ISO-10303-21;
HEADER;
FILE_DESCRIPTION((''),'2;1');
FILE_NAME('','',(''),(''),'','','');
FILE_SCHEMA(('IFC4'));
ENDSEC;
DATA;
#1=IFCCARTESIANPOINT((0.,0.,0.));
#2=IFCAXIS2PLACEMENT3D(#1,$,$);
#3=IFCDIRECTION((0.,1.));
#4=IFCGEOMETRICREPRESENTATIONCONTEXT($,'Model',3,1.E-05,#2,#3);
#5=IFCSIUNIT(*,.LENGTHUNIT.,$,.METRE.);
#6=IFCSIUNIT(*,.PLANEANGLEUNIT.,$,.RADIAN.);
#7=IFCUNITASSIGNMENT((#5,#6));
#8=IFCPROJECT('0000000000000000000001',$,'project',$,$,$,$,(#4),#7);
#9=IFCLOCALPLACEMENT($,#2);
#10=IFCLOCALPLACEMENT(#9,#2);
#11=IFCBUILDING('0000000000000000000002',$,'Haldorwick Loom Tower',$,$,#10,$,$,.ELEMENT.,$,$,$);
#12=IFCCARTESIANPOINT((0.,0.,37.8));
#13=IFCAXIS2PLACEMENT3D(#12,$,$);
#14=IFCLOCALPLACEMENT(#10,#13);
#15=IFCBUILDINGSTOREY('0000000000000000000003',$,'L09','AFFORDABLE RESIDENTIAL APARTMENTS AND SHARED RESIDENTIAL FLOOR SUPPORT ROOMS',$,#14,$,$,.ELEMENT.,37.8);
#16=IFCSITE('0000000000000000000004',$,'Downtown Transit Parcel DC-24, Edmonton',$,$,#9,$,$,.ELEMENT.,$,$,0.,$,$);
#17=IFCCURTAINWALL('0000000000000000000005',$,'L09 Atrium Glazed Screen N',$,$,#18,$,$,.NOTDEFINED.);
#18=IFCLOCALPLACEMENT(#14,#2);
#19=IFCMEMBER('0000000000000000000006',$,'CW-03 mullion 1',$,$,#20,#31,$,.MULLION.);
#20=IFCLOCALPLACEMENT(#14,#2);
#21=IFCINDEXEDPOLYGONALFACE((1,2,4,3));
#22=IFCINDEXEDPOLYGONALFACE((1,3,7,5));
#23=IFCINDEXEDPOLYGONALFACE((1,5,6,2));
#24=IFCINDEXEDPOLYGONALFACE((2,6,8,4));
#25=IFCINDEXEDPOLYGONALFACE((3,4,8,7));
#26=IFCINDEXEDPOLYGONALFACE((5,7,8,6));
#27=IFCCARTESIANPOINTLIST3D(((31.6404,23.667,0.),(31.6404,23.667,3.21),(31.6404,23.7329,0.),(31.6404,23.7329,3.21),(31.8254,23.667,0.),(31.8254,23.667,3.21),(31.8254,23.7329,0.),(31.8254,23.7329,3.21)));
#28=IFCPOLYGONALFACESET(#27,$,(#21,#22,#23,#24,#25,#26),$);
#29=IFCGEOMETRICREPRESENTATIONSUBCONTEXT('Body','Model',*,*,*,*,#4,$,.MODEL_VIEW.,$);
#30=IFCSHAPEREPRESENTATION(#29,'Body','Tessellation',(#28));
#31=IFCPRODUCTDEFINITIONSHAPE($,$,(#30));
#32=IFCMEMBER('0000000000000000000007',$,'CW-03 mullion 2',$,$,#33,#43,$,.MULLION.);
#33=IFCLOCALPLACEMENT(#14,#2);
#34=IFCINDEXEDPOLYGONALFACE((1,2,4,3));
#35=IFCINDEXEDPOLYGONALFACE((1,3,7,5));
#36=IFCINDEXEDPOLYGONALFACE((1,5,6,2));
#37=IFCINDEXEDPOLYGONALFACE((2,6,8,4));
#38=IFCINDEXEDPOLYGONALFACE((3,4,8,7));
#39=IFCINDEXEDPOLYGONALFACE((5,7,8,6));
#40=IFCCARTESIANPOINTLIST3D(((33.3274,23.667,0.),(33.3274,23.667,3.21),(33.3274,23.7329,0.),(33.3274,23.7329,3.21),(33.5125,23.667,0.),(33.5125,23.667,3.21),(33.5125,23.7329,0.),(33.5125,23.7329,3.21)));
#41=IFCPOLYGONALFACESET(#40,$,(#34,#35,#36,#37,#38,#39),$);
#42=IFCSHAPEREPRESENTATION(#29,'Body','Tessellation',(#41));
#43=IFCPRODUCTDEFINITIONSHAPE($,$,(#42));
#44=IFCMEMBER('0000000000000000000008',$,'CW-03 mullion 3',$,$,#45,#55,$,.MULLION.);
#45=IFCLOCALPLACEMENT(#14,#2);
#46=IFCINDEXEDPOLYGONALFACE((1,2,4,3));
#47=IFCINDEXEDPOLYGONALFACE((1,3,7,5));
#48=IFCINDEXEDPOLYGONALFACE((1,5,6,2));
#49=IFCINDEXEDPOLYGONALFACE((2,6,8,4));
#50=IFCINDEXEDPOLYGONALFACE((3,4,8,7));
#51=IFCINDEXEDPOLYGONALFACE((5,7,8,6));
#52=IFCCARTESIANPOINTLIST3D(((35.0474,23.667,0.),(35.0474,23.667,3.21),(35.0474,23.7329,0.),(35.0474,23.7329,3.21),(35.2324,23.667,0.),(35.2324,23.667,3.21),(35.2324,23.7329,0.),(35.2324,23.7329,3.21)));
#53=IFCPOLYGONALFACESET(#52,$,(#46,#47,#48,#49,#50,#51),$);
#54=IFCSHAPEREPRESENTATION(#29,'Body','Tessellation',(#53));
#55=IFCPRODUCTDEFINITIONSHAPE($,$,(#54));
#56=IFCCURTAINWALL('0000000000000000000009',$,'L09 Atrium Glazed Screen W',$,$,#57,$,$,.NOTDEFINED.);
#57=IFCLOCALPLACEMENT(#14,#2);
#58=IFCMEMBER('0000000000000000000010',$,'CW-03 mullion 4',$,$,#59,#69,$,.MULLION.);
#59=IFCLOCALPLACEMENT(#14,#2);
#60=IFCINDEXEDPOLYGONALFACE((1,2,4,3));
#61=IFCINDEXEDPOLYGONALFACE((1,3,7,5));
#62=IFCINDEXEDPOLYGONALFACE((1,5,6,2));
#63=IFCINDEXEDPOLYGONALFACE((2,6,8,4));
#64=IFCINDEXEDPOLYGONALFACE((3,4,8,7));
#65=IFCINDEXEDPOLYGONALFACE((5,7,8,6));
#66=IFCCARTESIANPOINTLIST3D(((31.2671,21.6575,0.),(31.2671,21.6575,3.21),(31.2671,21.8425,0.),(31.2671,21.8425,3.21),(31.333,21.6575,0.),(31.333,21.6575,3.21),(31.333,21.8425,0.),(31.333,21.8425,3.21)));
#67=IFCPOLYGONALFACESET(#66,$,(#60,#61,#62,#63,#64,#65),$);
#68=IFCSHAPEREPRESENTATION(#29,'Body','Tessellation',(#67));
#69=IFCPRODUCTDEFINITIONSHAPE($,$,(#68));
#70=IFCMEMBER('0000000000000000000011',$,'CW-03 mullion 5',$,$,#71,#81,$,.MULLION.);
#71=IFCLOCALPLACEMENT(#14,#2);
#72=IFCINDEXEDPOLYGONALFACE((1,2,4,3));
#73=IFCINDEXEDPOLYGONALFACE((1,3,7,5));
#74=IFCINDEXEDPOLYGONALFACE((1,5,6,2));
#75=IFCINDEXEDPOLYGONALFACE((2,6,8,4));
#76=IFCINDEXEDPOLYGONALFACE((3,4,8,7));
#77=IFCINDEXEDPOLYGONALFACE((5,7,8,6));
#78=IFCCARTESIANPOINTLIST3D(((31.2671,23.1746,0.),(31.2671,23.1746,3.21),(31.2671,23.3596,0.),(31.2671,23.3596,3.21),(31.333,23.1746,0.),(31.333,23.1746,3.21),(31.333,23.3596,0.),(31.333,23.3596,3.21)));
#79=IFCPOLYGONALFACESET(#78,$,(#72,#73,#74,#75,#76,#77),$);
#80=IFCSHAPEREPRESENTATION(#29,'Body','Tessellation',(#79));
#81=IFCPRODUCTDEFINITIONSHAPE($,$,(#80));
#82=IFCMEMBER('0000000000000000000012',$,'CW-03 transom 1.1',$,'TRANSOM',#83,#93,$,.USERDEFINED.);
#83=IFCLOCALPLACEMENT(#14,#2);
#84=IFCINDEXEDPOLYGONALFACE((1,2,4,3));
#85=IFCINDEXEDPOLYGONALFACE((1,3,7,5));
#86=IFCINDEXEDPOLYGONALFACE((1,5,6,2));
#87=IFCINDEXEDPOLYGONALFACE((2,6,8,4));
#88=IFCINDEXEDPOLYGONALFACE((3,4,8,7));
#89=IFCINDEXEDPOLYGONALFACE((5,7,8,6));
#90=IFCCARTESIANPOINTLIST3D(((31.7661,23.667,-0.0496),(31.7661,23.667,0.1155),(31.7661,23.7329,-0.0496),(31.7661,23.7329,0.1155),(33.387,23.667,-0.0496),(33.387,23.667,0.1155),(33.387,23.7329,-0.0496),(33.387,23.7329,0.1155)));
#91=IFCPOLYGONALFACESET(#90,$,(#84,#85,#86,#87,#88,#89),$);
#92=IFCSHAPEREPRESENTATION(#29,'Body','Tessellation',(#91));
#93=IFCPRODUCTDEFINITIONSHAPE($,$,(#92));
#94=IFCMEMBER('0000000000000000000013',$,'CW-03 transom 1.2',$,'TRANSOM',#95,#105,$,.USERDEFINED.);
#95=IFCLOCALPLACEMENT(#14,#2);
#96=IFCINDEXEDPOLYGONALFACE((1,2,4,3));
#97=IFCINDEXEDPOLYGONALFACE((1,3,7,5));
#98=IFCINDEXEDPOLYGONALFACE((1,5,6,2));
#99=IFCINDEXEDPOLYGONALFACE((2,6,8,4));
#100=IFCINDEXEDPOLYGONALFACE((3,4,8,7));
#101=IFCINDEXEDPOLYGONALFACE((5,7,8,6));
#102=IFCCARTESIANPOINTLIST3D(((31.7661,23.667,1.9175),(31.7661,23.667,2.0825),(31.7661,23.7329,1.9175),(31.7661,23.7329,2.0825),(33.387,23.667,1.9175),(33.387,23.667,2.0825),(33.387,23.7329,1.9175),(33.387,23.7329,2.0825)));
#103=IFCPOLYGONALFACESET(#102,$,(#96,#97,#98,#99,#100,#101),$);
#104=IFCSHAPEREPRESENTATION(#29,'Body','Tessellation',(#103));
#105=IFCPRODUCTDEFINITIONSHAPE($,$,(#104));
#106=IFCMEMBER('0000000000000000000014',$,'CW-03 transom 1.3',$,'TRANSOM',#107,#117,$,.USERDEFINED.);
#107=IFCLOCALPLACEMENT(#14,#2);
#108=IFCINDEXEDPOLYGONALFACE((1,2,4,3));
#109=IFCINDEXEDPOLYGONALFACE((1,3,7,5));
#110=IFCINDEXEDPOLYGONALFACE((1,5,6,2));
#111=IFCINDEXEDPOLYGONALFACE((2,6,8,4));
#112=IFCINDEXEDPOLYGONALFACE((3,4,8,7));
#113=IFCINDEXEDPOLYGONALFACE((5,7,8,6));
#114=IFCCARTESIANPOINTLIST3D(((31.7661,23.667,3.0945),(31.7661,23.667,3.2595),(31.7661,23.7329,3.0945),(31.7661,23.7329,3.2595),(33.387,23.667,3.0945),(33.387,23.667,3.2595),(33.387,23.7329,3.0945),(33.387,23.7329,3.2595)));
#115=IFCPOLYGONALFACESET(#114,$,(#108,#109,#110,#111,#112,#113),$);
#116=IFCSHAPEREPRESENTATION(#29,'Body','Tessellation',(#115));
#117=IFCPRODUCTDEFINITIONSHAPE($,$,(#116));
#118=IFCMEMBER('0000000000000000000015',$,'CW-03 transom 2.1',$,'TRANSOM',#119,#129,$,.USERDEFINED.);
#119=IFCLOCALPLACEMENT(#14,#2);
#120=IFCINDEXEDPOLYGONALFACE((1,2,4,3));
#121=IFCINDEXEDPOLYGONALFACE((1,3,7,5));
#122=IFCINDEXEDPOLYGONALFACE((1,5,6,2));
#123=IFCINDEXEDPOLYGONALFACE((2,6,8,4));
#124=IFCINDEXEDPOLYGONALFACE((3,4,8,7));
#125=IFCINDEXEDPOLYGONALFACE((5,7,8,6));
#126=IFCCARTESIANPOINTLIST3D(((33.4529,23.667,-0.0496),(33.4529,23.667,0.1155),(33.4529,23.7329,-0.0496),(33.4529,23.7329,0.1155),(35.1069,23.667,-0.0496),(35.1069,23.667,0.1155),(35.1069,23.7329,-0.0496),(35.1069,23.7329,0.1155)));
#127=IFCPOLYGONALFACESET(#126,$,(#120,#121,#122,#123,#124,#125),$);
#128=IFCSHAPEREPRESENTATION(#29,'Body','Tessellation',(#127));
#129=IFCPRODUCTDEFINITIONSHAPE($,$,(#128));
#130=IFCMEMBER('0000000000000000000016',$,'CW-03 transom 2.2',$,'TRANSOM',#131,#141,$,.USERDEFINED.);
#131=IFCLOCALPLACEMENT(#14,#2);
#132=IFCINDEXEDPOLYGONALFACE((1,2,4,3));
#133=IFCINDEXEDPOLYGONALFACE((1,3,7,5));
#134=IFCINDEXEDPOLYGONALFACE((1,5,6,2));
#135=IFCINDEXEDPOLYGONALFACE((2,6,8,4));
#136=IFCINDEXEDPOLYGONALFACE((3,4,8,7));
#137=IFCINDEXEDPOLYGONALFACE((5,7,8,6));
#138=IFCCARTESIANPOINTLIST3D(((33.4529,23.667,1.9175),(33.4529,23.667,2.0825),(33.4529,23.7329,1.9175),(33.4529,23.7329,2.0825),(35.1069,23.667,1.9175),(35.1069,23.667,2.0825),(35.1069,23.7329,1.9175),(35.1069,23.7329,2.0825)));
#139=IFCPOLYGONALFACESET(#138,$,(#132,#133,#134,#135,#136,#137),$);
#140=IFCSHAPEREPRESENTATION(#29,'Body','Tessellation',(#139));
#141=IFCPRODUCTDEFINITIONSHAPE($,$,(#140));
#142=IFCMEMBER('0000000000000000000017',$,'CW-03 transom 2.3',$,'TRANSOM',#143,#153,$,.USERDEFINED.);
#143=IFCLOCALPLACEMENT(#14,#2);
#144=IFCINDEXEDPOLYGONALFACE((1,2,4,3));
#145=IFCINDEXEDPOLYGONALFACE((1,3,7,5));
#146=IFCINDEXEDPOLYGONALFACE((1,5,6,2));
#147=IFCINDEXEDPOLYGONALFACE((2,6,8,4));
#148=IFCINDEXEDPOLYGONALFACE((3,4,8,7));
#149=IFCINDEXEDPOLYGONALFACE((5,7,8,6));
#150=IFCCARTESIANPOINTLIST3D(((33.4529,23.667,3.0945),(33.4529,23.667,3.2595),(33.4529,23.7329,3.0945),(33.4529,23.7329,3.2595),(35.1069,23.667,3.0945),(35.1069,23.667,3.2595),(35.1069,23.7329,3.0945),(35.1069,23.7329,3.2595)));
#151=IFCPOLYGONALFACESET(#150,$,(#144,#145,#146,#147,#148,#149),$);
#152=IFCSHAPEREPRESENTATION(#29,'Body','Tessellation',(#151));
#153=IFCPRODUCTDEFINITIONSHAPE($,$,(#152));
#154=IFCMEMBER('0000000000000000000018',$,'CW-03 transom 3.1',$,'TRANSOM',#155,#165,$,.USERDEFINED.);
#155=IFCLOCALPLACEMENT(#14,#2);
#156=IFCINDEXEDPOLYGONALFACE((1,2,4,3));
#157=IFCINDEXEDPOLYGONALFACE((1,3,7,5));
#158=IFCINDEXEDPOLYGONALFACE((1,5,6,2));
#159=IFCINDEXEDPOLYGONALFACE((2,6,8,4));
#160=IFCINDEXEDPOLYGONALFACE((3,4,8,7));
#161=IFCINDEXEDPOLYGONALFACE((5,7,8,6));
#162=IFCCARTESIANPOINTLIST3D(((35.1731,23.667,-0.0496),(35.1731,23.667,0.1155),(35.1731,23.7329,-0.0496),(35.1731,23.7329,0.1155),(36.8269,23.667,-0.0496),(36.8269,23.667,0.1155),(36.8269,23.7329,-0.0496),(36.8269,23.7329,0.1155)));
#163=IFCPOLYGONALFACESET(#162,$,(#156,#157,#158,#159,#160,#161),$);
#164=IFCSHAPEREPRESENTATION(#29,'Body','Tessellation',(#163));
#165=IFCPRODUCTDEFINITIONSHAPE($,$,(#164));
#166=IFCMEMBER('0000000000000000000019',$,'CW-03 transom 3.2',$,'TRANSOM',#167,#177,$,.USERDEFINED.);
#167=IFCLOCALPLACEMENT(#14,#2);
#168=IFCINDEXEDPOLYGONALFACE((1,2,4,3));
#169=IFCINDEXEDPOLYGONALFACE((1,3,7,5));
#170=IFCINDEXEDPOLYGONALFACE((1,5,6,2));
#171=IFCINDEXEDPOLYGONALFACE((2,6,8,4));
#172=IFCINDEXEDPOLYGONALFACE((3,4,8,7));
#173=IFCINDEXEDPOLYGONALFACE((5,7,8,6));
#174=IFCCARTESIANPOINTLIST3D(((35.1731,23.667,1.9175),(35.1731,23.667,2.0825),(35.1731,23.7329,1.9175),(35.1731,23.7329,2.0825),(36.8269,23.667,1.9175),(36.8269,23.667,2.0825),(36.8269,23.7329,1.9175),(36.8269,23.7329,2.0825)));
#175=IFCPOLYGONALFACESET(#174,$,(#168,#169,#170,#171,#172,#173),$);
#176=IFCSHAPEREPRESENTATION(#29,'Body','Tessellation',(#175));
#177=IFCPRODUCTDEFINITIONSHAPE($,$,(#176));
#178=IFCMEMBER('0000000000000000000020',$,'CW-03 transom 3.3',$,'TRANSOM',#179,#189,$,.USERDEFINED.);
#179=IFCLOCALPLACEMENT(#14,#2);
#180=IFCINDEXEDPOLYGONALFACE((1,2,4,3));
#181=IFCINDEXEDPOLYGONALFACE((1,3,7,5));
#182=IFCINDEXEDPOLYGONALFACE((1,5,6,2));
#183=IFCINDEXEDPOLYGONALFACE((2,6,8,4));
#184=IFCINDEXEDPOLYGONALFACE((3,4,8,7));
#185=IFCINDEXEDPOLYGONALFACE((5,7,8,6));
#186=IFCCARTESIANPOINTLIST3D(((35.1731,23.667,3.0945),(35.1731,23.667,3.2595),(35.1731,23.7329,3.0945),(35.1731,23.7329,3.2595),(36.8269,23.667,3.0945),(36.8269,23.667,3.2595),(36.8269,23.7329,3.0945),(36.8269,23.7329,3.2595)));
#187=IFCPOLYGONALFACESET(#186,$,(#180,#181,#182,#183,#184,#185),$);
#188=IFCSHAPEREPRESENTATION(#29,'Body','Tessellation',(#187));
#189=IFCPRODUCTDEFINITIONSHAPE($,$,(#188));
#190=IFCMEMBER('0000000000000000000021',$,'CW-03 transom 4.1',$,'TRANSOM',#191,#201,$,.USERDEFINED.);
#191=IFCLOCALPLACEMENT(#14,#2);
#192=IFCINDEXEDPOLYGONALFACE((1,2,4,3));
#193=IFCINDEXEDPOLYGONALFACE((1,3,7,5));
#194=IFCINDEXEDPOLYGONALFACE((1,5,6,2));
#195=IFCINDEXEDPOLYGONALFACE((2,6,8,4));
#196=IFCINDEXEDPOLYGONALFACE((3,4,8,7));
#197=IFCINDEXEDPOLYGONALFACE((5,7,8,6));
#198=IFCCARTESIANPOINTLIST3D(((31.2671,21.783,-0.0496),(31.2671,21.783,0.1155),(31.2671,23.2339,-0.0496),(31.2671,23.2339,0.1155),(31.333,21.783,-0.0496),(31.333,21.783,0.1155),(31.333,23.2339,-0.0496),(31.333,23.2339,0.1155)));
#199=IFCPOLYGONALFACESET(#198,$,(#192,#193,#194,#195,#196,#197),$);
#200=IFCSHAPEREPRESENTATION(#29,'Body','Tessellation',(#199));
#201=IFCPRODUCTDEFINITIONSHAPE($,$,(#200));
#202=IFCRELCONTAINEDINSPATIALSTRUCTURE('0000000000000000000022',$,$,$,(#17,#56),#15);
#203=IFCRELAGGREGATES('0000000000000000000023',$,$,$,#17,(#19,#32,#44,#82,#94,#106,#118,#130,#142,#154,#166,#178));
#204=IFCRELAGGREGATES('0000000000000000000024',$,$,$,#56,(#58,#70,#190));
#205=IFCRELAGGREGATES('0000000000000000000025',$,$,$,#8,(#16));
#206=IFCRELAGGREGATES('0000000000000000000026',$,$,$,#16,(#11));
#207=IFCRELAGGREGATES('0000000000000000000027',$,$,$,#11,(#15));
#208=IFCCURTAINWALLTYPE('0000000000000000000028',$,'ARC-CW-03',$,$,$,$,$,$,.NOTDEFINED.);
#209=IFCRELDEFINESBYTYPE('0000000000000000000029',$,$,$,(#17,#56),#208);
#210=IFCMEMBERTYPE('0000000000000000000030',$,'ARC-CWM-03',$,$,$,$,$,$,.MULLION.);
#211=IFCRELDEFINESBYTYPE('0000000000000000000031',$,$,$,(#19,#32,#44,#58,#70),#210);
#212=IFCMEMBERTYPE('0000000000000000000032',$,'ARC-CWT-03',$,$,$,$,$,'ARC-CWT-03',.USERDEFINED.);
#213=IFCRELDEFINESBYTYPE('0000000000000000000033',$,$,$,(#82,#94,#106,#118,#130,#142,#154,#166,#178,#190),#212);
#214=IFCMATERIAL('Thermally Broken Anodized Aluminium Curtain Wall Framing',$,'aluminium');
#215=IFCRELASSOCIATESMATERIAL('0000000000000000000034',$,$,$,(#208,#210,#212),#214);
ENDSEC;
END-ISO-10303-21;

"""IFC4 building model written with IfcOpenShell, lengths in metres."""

from ifc_helpers import new_model, si_unit, direction, frame, origin, origin_2d, place, context, subcontext, project, spatial, rectangle, extrude, material, material_profile, profile_set, type_object, element, aggregate, save


model = new_model("IFC4")

# Units and contexts
model_context = context("Model", 3, precision=1e-05, world=origin(), true_north=direction((0.0, 1.0)))
body_context = subcontext(model_context, "Body", "Model", "MODEL_VIEW")
ifc_project = project(units=[si_unit("LENGTHUNIT", "METRE"), si_unit("PLANEANGLEUNIT", "RADIAN")], contexts=[model_context])

# Site, building, storey
site_placement = place(None, origin())
site = spatial("IfcSite", under=ifc_project, at=site_placement, Name="Downtown Transit Parcel DC-24, Edmonton", CompositionType="ELEMENT", RefElevation=0.0)
building_placement = place(site_placement, origin())
building = spatial("IfcBuilding", under=site, at=building_placement, Name="Haldorwick Loom Tower", CompositionType="ELEMENT")
storey_placement = place(building_placement, frame((0.0, 0.0, 37.8)))
storey = spatial("IfcBuildingStorey", under=building, at=storey_placement, Name="L09", Description="AFFORDABLE RESIDENTIAL APARTMENTS AND SHARED RESIDENTIAL FLOOR SUPPORT ROOMS", CompositionType="ELEMENT", Elevation=37.8)

# Curtain walls, members
ifc_material_1 = material(Name="Thermally Broken Anodized Aluminium Curtain Wall Framing", Category="aluminium")
curtain_wall_type = type_object("IfcCurtainWallType", Name="ARC-CW-03", PredefinedType="NOTDEFINED", material=ifc_material_1)
curtain_wall_1_placement = place(storey_placement, origin())
curtain_wall_1 = element("IfcCurtainWall", 1, at=curtain_wall_1_placement, inside=storey, type_object=curtain_wall_type, Name="L09 Atrium Glazed Screen N", PredefinedType="NOTDEFINED")
ifc_material_profile_1 = material_profile(ifc_material_1, rectangle(XDim=0.0659, YDim=0.1851, at=origin_2d()), Name="ALU_MUL_66X185", Category="aluminium")
ifc_profile_set_1 = profile_set([ifc_material_profile_1], Name="Thermally Broken Anodized Aluminium Curtain Wall Framing")
member_type_1 = type_object("IfcMemberType", Name="ARC-CWM-03", PredefinedType="MULLION", material=ifc_profile_set_1)
member_1_placement = place(storey_placement, frame((31.7329, 23.7, 0.0), z_axis=(0.0, 0.0, 1.0), x_axis=(0.0, 1.0, 0.0)))
member_1 = element("IfcMember", 2, at=member_1_placement, type_object=member_type_1, Name="CW-03 mullion 1", PredefinedType="MULLION", context=body_context, shape_type="SweptSolid", body=[
    extrude(rectangle(XDim=0.0659, YDim=0.1851, at=origin_2d()), origin(), (0.0, 0.0, 1.0), 3.21),
])
member_2_placement = place(storey_placement, frame((33.4199, 23.7, 0.0), z_axis=(0.0, 0.0, 1.0), x_axis=(0.0, 1.0, 0.0)))
member_2 = element("IfcMember", 3, at=member_2_placement, type_object=member_type_1, Name="CW-03 mullion 2", PredefinedType="MULLION", context=body_context, shape_type="SweptSolid", body=[
    extrude(rectangle(XDim=0.0659, YDim=0.1851, at=origin_2d()), origin(), (0.0, 0.0, 1.0), 3.21),
])
member_3_placement = place(storey_placement, frame((35.1399, 23.7, 0.0), z_axis=(0.0, 0.0, 1.0), x_axis=(0.0, 1.0, 0.0)))
member_3 = element("IfcMember", 4, at=member_3_placement, type_object=member_type_1, Name="CW-03 mullion 3", PredefinedType="MULLION", context=body_context, shape_type="SweptSolid", body=[
    extrude(rectangle(XDim=0.0659, YDim=0.1851, at=origin_2d()), origin(), (0.0, 0.0, 1.0), 3.21),
])
curtain_wall_2_placement = place(storey_placement, origin())
curtain_wall_2 = element("IfcCurtainWall", 5, at=curtain_wall_2_placement, inside=storey, type_object=curtain_wall_type, Name="L09 Atrium Glazed Screen W", PredefinedType="NOTDEFINED")
member_4_placement = place(storey_placement, frame((31.3, 21.75, 0.0), z_axis=(0.0, 0.0, 1.0), x_axis=(-1.0, 0.0, 0.0)))
member_4 = element("IfcMember", 6, at=member_4_placement, type_object=member_type_1, Name="CW-03 mullion 4", PredefinedType="MULLION", context=body_context, shape_type="SweptSolid", body=[
    extrude(rectangle(XDim=0.0659, YDim=0.1851, at=origin_2d()), origin(), (0.0, 0.0, 1.0), 3.21),
])
member_5_placement = place(storey_placement, frame((31.3, 23.2671, 0.0), z_axis=(0.0, 0.0, 1.0), x_axis=(-1.0, 0.0, 0.0)))
member_5 = element("IfcMember", 7, at=member_5_placement, type_object=member_type_1, Name="CW-03 mullion 5", PredefinedType="MULLION", context=body_context, shape_type="SweptSolid", body=[
    extrude(rectangle(XDim=0.0659, YDim=0.1851, at=origin_2d()), origin(), (0.0, 0.0, 1.0), 3.21),
])

# Members
ifc_material_profile_2 = material_profile(ifc_material_1, rectangle(XDim=0.0659, YDim=0.165, at=origin_2d()), Name="ALU_TRN_66X165", Category="aluminium")
ifc_profile_set_2 = profile_set([ifc_material_profile_2], Name="Thermally Broken Anodized Aluminium Curtain Wall Framing")
member_type_2 = type_object("IfcMemberType", Name="ARC-CWT-03", ElementType="ARC-CWT-03", PredefinedType="USERDEFINED", material=ifc_profile_set_2)
member_6_placement = place(storey_placement, frame((31.7661, 23.7, 0.033), z_axis=(1.0, 0.0, 0.0), x_axis=(0.0, 1.0, 0.0)))
member_6 = element("IfcMember", 8, at=member_6_placement, type_object=member_type_2, Name="CW-03 transom 1.1", ObjectType="TRANSOM", PredefinedType="USERDEFINED", context=body_context, shape_type="SweptSolid", body=[
    extrude(rectangle(XDim=0.0659, YDim=0.165, at=origin_2d()), origin(), (0.0, 0.0, 1.0), 1.6208),
])
member_7_placement = place(storey_placement, frame((31.7661, 23.7, 2.0), z_axis=(1.0, 0.0, 0.0), x_axis=(0.0, 1.0, 0.0)))
member_7 = element("IfcMember", 9, at=member_7_placement, type_object=member_type_2, Name="CW-03 transom 1.2", ObjectType="TRANSOM", PredefinedType="USERDEFINED", context=body_context, shape_type="SweptSolid", body=[
    extrude(rectangle(XDim=0.0659, YDim=0.165, at=origin_2d()), origin(), (0.0, 0.0, 1.0), 1.6208),
])
member_8_placement = place(storey_placement, frame((31.7661, 23.7, 3.177), z_axis=(1.0, 0.0, 0.0), x_axis=(0.0, 1.0, 0.0)))
member_8 = element("IfcMember", 10, at=member_8_placement, type_object=member_type_2, Name="CW-03 transom 1.3", ObjectType="TRANSOM", PredefinedType="USERDEFINED", context=body_context, shape_type="SweptSolid", body=[
    extrude(rectangle(XDim=0.0659, YDim=0.165, at=origin_2d()), origin(), (0.0, 0.0, 1.0), 1.6208),
])
member_9_placement = place(storey_placement, frame((33.4529, 23.7, 0.033), z_axis=(1.0, 0.0, 0.0), x_axis=(0.0, 1.0, 0.0)))
member_9 = element("IfcMember", 11, at=member_9_placement, type_object=member_type_2, Name="CW-03 transom 2.1", ObjectType="TRANSOM", PredefinedType="USERDEFINED", context=body_context, shape_type="SweptSolid", body=[
    extrude(rectangle(XDim=0.0659, YDim=0.165, at=origin_2d()), origin(), (0.0, 0.0, 1.0), 1.6541),
])
member_10_placement = place(storey_placement, frame((33.4529, 23.7, 2.0), z_axis=(1.0, 0.0, 0.0), x_axis=(0.0, 1.0, 0.0)))
member_10 = element("IfcMember", 12, at=member_10_placement, type_object=member_type_2, Name="CW-03 transom 2.2", ObjectType="TRANSOM", PredefinedType="USERDEFINED", context=body_context, shape_type="SweptSolid", body=[
    extrude(rectangle(XDim=0.0659, YDim=0.165, at=origin_2d()), origin(), (0.0, 0.0, 1.0), 1.6541),
])
member_11_placement = place(storey_placement, frame((33.4529, 23.7, 3.177), z_axis=(1.0, 0.0, 0.0), x_axis=(0.0, 1.0, 0.0)))
member_11 = element("IfcMember", 13, at=member_11_placement, type_object=member_type_2, Name="CW-03 transom 2.3", ObjectType="TRANSOM", PredefinedType="USERDEFINED", context=body_context, shape_type="SweptSolid", body=[
    extrude(rectangle(XDim=0.0659, YDim=0.165, at=origin_2d()), origin(), (0.0, 0.0, 1.0), 1.6541),
])
member_12_placement = place(storey_placement, frame((35.1731, 23.7, 0.033), z_axis=(1.0, 0.0, 0.0), x_axis=(0.0, 1.0, 0.0)))
member_12 = element("IfcMember", 14, at=member_12_placement, type_object=member_type_2, Name="CW-03 transom 3.1", ObjectType="TRANSOM", PredefinedType="USERDEFINED", context=body_context, shape_type="SweptSolid", body=[
    extrude(rectangle(XDim=0.0659, YDim=0.165, at=origin_2d()), origin(), (0.0, 0.0, 1.0), 1.6538),
])
member_13_placement = place(storey_placement, frame((35.1731, 23.7, 2.0), z_axis=(1.0, 0.0, 0.0), x_axis=(0.0, 1.0, 0.0)))
member_13 = element("IfcMember", 15, at=member_13_placement, type_object=member_type_2, Name="CW-03 transom 3.2", ObjectType="TRANSOM", PredefinedType="USERDEFINED", context=body_context, shape_type="SweptSolid", body=[
    extrude(rectangle(XDim=0.0659, YDim=0.165, at=origin_2d()), origin(), (0.0, 0.0, 1.0), 1.6538),
])
member_14_placement = place(storey_placement, frame((35.1731, 23.7, 3.177), z_axis=(1.0, 0.0, 0.0), x_axis=(0.0, 1.0, 0.0)))
member_14 = element("IfcMember", 16, at=member_14_placement, type_object=member_type_2, Name="CW-03 transom 3.3", ObjectType="TRANSOM", PredefinedType="USERDEFINED", context=body_context, shape_type="SweptSolid", body=[
    extrude(rectangle(XDim=0.0659, YDim=0.165, at=origin_2d()), origin(), (0.0, 0.0, 1.0), 1.6538),
])
member_15_placement = place(storey_placement, frame((31.3, 21.783, 0.033), z_axis=(0.0, 1.0, 0.0), x_axis=(-1.0, 0.0, 0.0)))
member_15 = element("IfcMember", 17, at=member_15_placement, type_object=member_type_2, Name="CW-03 transom 4.1", ObjectType="TRANSOM", PredefinedType="USERDEFINED", context=body_context, shape_type="SweptSolid", body=[
    extrude(rectangle(XDim=0.0659, YDim=0.165, at=origin_2d()), origin(), (0.0, 0.0, 1.0), 1.4509),
])

aggregate(curtain_wall_1, [member_1, member_2, member_3, member_6, member_7, member_8, member_9, member_10, member_11, member_12, member_13, member_14])
aggregate(curtain_wall_2, [member_4, member_5, member_15])

save(model, "model.ifc")
